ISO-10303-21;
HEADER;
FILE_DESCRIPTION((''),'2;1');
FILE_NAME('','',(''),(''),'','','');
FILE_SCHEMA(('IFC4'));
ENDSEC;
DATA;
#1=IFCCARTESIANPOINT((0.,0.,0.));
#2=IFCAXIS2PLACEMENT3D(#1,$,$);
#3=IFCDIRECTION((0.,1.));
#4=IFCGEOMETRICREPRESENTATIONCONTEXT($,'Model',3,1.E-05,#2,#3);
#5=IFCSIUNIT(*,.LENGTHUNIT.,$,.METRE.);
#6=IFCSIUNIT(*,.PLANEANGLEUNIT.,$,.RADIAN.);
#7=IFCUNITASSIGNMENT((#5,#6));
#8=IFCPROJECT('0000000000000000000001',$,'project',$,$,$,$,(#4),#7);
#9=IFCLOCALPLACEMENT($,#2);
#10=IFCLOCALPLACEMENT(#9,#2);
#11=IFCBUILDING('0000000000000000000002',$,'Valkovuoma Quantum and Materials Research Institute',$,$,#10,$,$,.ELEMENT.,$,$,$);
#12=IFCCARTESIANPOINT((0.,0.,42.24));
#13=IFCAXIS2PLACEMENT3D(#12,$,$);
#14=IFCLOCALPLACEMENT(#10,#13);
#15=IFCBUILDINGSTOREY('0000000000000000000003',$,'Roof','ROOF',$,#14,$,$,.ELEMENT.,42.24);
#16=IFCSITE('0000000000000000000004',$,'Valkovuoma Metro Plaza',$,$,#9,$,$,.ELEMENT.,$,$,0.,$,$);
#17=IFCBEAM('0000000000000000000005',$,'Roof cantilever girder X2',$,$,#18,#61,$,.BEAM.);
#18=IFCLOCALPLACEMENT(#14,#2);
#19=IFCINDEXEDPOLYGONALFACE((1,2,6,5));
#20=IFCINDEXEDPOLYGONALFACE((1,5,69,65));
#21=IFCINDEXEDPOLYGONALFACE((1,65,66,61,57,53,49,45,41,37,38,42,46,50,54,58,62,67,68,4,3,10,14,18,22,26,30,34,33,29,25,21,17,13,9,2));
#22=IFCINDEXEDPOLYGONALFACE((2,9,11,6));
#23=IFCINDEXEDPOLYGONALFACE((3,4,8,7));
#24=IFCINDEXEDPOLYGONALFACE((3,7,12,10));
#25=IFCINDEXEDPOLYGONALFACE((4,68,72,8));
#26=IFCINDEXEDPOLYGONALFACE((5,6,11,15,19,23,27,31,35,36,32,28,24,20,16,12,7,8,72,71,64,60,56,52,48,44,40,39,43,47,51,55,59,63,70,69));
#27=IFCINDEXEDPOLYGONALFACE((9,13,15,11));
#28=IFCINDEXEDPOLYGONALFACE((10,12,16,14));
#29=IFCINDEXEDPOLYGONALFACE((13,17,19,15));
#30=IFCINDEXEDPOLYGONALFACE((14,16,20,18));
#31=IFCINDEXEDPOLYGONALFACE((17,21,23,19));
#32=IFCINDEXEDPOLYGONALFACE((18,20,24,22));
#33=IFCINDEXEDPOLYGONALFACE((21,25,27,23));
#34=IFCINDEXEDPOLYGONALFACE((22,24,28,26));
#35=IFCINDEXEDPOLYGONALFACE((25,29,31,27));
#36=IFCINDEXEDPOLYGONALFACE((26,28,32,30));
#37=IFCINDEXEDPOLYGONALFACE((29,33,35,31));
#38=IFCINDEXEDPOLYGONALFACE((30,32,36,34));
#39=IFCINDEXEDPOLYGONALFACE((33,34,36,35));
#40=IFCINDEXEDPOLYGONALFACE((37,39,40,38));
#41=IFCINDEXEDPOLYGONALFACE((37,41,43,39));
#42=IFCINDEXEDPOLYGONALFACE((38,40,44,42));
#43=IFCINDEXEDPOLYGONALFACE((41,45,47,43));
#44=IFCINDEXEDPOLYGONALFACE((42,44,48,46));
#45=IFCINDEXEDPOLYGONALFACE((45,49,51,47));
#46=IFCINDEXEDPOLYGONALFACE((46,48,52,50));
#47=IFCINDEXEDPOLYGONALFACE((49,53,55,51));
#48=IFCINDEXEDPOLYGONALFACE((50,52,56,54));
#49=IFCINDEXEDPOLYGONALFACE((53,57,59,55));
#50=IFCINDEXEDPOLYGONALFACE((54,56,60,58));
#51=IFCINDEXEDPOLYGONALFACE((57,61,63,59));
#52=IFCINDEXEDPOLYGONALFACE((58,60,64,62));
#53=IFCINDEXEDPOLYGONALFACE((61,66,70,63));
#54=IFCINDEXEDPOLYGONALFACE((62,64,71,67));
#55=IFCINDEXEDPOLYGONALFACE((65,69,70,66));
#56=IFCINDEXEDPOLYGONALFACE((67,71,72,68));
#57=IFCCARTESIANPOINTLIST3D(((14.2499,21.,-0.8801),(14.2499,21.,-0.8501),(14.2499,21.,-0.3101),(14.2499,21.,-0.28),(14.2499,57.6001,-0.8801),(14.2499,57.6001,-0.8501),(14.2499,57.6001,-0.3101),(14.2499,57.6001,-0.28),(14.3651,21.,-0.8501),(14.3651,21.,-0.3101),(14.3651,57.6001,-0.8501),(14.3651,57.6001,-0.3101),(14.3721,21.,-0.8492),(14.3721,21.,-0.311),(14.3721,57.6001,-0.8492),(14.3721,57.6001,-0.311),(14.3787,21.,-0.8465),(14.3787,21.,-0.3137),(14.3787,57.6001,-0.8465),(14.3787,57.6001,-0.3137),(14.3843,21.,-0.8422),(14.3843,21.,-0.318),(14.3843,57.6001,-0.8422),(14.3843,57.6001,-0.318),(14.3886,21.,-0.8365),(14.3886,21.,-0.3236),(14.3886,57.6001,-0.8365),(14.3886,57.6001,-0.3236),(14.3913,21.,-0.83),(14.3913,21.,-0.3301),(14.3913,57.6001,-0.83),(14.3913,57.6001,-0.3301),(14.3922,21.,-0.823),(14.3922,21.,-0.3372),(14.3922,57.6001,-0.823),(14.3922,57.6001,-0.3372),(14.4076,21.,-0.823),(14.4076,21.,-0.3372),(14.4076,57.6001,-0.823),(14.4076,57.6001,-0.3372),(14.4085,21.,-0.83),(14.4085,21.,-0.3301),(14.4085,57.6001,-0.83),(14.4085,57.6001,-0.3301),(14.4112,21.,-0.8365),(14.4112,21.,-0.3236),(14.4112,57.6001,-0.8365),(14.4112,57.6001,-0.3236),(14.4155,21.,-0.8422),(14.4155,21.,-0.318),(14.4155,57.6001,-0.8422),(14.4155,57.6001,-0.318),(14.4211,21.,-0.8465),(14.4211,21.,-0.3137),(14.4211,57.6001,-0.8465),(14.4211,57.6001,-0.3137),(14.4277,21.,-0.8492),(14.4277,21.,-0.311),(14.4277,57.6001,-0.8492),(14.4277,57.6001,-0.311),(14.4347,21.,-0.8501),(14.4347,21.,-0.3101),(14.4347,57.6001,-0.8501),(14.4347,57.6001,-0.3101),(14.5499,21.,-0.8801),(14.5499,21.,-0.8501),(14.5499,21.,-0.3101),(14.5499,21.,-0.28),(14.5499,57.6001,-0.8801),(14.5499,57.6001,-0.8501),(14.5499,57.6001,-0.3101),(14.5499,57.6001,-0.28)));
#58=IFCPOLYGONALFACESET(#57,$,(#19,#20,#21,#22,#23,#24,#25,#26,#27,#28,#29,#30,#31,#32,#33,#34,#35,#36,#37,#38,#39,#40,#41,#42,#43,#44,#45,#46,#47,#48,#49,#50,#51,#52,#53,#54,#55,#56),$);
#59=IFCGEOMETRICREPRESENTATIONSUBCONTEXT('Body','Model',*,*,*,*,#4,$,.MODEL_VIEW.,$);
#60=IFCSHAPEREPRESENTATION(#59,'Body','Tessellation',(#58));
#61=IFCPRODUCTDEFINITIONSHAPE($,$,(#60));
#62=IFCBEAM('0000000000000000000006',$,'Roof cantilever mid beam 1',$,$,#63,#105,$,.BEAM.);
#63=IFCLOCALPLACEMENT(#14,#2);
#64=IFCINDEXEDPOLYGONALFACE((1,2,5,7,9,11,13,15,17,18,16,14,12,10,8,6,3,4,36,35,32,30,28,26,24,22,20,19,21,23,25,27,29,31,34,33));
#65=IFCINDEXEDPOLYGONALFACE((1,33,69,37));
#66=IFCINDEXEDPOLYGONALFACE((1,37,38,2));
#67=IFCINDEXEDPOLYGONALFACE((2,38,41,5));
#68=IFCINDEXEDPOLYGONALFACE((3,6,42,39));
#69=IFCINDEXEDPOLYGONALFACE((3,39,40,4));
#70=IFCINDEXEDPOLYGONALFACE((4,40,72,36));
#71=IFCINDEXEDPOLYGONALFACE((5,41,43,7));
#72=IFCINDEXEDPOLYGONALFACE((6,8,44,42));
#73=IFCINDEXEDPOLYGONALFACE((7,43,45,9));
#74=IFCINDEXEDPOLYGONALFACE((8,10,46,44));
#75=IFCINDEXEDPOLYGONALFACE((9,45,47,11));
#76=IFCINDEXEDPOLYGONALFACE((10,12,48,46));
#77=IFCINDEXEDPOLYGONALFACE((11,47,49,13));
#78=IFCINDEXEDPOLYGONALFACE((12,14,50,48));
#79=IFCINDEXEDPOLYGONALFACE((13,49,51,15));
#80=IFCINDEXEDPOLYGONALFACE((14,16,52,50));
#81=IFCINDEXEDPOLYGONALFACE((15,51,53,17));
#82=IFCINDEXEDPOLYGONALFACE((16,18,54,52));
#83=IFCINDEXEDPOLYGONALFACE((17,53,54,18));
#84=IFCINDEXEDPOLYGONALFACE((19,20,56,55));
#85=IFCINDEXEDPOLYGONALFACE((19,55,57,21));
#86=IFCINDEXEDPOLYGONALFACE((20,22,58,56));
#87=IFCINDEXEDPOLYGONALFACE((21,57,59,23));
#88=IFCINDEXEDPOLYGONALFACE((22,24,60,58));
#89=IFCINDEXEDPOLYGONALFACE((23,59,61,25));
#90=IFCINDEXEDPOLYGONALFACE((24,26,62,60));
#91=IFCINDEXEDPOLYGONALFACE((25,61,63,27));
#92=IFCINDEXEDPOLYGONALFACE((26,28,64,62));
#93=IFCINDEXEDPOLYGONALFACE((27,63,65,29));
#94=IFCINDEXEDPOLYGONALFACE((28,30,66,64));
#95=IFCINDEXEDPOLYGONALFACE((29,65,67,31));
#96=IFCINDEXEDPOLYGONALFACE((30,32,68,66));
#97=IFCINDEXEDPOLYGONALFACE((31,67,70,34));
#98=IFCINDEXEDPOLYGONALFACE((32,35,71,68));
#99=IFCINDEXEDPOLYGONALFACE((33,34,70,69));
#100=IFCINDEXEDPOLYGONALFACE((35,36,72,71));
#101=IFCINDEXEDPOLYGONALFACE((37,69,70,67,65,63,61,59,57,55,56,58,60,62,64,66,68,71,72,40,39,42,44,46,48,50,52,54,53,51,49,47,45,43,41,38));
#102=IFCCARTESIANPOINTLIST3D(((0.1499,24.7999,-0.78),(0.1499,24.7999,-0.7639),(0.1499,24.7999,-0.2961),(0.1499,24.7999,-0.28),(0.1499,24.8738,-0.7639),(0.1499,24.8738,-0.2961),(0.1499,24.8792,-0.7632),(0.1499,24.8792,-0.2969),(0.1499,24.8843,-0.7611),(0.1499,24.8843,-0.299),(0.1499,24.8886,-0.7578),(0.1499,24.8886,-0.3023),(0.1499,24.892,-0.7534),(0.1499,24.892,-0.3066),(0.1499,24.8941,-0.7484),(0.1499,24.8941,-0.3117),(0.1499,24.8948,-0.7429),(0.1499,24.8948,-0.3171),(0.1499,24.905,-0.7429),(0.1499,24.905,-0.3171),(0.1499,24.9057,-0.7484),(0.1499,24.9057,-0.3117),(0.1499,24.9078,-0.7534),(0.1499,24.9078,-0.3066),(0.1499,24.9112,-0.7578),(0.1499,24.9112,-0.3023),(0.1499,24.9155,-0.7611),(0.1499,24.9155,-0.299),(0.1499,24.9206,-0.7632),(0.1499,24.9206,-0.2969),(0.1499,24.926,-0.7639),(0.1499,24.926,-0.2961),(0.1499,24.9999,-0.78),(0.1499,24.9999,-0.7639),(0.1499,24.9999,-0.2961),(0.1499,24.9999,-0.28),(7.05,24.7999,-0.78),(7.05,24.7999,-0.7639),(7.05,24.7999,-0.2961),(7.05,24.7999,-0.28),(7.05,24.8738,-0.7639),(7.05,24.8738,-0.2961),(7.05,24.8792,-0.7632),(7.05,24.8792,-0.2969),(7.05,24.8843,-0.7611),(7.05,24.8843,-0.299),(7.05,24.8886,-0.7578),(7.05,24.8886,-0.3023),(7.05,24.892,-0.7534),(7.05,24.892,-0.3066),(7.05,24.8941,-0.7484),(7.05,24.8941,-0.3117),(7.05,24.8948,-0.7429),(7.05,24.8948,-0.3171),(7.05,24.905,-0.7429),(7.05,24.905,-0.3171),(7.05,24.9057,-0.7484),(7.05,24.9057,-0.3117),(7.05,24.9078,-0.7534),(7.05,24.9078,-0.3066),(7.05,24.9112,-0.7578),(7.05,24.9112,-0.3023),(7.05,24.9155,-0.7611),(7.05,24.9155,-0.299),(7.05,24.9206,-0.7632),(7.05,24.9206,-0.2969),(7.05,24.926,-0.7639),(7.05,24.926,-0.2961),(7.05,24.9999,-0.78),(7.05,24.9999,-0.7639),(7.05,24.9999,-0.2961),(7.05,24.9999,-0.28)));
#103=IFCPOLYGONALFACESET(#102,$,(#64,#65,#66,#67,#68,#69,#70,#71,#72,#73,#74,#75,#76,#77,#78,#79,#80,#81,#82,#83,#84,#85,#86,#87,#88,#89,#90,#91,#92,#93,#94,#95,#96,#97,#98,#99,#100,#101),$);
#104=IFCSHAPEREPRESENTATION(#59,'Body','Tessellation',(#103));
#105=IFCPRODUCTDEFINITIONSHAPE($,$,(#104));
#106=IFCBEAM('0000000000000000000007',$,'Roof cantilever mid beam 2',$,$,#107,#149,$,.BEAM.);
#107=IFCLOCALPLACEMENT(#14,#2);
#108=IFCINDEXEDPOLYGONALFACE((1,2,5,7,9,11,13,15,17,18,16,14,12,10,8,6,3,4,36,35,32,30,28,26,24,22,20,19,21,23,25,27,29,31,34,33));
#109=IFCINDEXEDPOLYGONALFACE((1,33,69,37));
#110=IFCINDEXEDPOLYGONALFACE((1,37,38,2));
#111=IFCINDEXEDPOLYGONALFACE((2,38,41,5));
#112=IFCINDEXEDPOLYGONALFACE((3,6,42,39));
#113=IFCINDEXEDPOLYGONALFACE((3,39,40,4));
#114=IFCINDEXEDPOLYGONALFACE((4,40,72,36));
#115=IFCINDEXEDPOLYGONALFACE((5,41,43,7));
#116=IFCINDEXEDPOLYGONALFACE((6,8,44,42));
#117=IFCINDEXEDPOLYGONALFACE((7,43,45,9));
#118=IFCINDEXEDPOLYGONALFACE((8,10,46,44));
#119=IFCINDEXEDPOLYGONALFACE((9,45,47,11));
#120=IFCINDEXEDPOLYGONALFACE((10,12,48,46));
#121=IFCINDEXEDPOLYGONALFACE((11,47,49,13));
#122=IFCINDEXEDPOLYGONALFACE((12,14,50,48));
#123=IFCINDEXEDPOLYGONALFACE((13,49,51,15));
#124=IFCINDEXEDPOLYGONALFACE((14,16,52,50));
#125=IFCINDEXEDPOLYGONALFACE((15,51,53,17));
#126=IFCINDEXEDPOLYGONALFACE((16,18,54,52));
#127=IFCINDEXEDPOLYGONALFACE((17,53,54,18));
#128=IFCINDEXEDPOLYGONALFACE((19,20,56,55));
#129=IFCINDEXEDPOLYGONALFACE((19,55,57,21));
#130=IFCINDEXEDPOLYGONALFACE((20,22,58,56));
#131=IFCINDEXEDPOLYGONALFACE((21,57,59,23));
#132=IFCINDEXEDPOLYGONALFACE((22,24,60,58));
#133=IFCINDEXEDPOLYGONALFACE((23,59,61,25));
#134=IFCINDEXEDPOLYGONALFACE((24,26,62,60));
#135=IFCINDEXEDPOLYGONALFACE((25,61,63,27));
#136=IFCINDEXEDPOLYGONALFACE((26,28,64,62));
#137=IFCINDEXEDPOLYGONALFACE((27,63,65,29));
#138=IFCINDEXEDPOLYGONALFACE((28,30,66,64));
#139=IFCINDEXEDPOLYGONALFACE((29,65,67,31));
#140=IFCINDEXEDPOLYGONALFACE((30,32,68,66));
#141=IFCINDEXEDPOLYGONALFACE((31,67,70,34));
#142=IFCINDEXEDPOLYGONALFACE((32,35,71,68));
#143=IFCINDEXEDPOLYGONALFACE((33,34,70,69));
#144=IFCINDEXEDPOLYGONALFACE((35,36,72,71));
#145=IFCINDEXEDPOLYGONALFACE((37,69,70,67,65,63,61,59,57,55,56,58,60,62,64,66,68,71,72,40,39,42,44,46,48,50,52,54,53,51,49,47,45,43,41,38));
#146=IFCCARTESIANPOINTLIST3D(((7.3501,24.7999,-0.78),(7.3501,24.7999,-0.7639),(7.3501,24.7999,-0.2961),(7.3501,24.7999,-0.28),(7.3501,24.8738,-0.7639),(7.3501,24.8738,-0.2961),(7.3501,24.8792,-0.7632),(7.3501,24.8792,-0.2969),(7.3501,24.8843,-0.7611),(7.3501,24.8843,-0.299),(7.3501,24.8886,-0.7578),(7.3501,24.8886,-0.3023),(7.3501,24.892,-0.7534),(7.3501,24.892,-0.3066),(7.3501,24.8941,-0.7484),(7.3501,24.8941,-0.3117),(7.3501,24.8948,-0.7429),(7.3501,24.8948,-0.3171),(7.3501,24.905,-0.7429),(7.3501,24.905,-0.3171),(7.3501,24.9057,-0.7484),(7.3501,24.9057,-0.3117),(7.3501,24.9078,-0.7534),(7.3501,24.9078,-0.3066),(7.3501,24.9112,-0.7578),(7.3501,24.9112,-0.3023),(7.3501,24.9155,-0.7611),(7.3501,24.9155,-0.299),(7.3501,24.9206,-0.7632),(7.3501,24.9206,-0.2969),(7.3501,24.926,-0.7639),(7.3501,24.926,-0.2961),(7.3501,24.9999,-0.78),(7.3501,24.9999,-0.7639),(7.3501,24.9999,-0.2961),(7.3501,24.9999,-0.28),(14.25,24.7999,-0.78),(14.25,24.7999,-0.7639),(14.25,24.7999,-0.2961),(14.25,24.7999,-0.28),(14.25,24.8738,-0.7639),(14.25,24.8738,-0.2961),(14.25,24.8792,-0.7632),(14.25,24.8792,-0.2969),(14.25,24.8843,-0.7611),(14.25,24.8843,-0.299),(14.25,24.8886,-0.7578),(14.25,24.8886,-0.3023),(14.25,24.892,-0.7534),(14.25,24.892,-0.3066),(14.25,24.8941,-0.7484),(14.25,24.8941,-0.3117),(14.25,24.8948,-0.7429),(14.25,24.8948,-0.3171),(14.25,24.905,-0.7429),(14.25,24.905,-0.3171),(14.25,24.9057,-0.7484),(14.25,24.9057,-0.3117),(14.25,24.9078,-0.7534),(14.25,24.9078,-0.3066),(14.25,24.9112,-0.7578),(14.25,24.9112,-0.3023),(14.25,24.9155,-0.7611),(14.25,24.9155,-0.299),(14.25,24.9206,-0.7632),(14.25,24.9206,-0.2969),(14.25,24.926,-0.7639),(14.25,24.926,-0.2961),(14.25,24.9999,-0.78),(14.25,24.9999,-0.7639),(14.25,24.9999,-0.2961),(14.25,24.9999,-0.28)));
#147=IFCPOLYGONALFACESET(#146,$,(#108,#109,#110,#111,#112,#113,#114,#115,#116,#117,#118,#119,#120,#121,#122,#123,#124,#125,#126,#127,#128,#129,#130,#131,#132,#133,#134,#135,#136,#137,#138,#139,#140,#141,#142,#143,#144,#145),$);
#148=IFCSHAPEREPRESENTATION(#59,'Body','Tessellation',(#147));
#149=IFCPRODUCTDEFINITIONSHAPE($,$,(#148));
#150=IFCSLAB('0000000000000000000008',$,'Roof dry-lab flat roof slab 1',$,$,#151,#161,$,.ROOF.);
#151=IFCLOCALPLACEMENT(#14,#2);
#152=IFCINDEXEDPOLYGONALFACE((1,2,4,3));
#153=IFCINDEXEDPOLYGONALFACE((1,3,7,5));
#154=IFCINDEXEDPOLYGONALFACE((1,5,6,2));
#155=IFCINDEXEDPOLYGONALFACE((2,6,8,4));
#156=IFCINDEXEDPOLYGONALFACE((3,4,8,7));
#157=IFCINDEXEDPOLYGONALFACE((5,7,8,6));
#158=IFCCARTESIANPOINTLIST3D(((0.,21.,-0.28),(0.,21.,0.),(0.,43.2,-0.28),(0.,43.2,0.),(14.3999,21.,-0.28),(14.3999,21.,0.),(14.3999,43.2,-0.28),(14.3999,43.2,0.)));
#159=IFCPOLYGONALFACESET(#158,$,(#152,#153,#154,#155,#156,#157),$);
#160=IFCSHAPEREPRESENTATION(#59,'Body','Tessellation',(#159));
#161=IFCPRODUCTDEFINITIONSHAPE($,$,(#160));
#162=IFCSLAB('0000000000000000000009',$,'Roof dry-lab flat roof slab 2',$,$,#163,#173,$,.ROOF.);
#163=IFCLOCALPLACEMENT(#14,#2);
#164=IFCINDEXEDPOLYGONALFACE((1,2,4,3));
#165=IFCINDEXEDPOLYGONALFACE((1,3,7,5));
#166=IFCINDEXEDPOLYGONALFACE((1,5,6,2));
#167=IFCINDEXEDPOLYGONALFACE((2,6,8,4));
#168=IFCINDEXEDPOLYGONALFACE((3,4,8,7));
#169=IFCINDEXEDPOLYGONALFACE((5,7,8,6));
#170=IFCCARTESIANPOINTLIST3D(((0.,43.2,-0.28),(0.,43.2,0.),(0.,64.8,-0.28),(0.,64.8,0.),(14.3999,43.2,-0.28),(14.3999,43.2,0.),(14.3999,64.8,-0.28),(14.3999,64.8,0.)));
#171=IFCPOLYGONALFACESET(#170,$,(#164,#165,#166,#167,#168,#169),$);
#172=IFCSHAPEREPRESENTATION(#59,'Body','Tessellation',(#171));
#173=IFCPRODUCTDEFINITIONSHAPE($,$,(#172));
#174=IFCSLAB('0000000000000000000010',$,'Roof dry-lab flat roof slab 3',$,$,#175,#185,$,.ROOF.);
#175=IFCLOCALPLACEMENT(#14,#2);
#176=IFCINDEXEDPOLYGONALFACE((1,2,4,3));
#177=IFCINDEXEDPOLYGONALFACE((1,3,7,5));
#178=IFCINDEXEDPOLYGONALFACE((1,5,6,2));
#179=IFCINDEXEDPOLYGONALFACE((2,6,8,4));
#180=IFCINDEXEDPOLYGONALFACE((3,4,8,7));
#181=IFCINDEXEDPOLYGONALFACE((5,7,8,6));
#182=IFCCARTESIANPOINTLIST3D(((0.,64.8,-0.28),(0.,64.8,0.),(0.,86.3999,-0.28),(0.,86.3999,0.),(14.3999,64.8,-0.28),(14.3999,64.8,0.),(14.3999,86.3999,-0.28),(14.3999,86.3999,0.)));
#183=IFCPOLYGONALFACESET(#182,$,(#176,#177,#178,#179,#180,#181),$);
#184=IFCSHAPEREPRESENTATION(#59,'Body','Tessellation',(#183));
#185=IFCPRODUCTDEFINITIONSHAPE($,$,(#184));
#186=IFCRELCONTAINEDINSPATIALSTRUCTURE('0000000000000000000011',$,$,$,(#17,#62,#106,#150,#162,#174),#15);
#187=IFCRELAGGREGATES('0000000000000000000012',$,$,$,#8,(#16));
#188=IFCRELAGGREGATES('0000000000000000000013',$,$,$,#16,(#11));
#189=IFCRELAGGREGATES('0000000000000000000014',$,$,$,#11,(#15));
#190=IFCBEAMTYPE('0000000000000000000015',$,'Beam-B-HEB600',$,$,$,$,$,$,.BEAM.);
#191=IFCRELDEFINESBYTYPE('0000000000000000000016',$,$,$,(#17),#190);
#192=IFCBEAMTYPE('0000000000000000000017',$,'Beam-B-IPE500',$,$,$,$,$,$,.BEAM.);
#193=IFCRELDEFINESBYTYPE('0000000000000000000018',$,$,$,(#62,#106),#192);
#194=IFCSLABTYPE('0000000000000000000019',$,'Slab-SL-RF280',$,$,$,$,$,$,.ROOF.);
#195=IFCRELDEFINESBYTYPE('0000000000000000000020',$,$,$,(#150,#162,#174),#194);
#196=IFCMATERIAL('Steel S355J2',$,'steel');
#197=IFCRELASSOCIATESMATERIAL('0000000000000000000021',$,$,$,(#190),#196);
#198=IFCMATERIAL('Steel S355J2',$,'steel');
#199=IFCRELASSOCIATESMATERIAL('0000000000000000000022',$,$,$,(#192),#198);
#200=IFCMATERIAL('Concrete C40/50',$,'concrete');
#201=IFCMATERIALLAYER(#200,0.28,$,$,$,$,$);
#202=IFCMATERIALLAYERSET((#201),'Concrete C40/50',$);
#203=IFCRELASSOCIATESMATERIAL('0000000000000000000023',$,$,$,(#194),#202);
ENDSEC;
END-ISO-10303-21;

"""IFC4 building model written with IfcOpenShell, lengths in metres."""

from ifc_helpers import new_model, si_unit, direction, frame, origin, origin_2d, place, context, subcontext, project, spatial, polyline, i_section, outline, extrude, material, layer, layer_set, material_profile, profile_set, type_object, element, save


model = new_model("IFC4")

# Units and contexts
model_context = context("Model", 3, precision=1e-05, world=origin(), true_north=direction((0.0, 1.0)))
body_context = subcontext(model_context, "Body", "Model", "MODEL_VIEW")
ifc_project = project(units=[si_unit("LENGTHUNIT", "METRE"), si_unit("PLANEANGLEUNIT", "RADIAN")], contexts=[model_context])

# Site, building, storey
site_placement = place(None, origin())
site = spatial("IfcSite", under=ifc_project, at=site_placement, Name="Valkovuoma Metro Plaza", CompositionType="ELEMENT", RefElevation=0.0)
building_placement = place(site_placement, origin())
building = spatial("IfcBuilding", under=site, at=building_placement, Name="Valkovuoma Quantum and Materials Research Institute", CompositionType="ELEMENT")
storey_placement = place(building_placement, frame((0.0, 0.0, 42.24)))
storey = spatial("IfcBuildingStorey", under=building, at=storey_placement, Name="Roof", Description="ROOF", CompositionType="ELEMENT", Elevation=42.24)

# Beams
ifc_material_1 = material(Name="Steel S355J2", Category="steel")
ifc_material_profile_1 = material_profile(ifc_material_1, i_section(OverallWidth=0.3, OverallDepth=0.6001, WebThickness=0.0154, FlangeThickness=0.03, FilletRadius=0.0271, at=origin_2d()), Name="Steel S355J2")
ifc_profile_set_1 = profile_set([ifc_material_profile_1], Name="Steel S355J2")
beam_type_1 = type_object("IfcBeamType", Name="Beam-B-HEB600", PredefinedType="BEAM", material=ifc_profile_set_1)
for number, where, z_axis, x_axis, name in (
    (1, (14.3999, 21.0, -0.5801), (0.0, 1.0, 0.0), (-1.0, 0.0, 0.0), "Roof cantilever girder X2"),
):
    element("IfcBeam", number, at=place(storey_placement, frame(where, z_axis=z_axis, x_axis=x_axis)), inside=storey, type_object=beam_type_1, Name=name, PredefinedType="BEAM", context=body_context, shape_type="SweptSolid", body=[
        extrude(i_section(OverallWidth=0.3, OverallDepth=0.6001, WebThickness=0.0154, FlangeThickness=0.03, FilletRadius=0.0271, at=origin_2d()), origin(), (0.0, 0.0, 1.0), 36.6001),
    ])
ifc_material_2 = material(Name="Steel S355J2", Category="steel")
ifc_material_profile_2 = material_profile(ifc_material_2, i_section(OverallWidth=0.2, OverallDepth=0.5, WebThickness=0.0103, FlangeThickness=0.0161, FilletRadius=0.021, at=origin_2d()), Name="Steel S355J2")
ifc_profile_set_2 = profile_set([ifc_material_profile_2], Name="Steel S355J2")
beam_type_2 = type_object("IfcBeamType", Name="Beam-B-IPE500", PredefinedType="BEAM", material=ifc_profile_set_2)
beam_1_placement = place(storey_placement, frame((0.1499, 24.8999, -0.53), z_axis=(1.0, 0.0, 0.0), x_axis=(0.0, 1.0, 0.0)))
element("IfcBeam", 2, at=beam_1_placement, inside=storey, type_object=beam_type_2, Name="Roof cantilever mid beam 1", PredefinedType="BEAM", context=body_context, shape_type="SweptSolid", body=[
    extrude(i_section(OverallWidth=0.2, OverallDepth=0.5, WebThickness=0.0103, FlangeThickness=0.0161, FilletRadius=0.021, at=origin_2d()), origin(), (0.0, 0.0, 1.0), 6.9001),
])
beam_2_placement = place(storey_placement, frame((7.3501, 24.8999, -0.53), z_axis=(1.0, 0.0, 0.0), x_axis=(0.0, 1.0, 0.0)))
element("IfcBeam", 3, at=beam_2_placement, inside=storey, type_object=beam_type_2, Name="Roof cantilever mid beam 2", PredefinedType="BEAM", context=body_context, shape_type="SweptSolid", body=[
    extrude(i_section(OverallWidth=0.2, OverallDepth=0.5, WebThickness=0.0103, FlangeThickness=0.0161, FilletRadius=0.021, at=origin_2d()), origin(), (0.0, 0.0, 1.0), 6.8999),
])

# Slabs
ifc_material_3 = material(Name="Concrete C40/50", Category="concrete")
ifc_layer_1 = layer(ifc_material_3, 0.28)
ifc_layer_set_1 = layer_set([ifc_layer_1], Name="Concrete C40/50")
slab_type = type_object("IfcSlabType", Name="Slab-SL-RF280", PredefinedType="ROOF", material=ifc_layer_set_1)
slab_1_placement = place(storey_placement, frame((0.0, 0.0, -0.28)))
element("IfcSlab", 4, at=slab_1_placement, inside=storey, type_object=slab_type, Name="Roof dry-lab flat roof slab 1", PredefinedType="ROOF", context=body_context, shape_type="SweptSolid", body=[
    extrude(outline(polyline([(0.0, 21.0), (14.3999, 21.0), (14.3999, 43.2), (0.0, 43.2), (0.0, 21.0)])), origin(), (0.0, 0.0, 1.0), 0.28),
])
slab_2_placement = place(storey_placement, frame((0.0, 0.0, -0.28)))
element("IfcSlab", 5, at=slab_2_placement, inside=storey, type_object=slab_type, Name="Roof dry-lab flat roof slab 2", PredefinedType="ROOF", context=body_context, shape_type="SweptSolid", body=[
    extrude(outline(polyline([(0.0, 43.2), (14.3999, 43.2), (14.3999, 64.8), (0.0, 64.8), (0.0, 43.2)])), origin(), (0.0, 0.0, 1.0), 0.28),
])
slab_3_placement = place(storey_placement, frame((0.0, 0.0, -0.28)))
element("IfcSlab", 6, at=slab_3_placement, inside=storey, type_object=slab_type, Name="Roof dry-lab flat roof slab 3", PredefinedType="ROOF", context=body_context, shape_type="SweptSolid", body=[
    extrude(outline(polyline([(0.0, 64.8), (14.3999, 64.8), (14.3999, 86.3999), (0.0, 86.3999), (0.0, 64.8)])), origin(), (0.0, 0.0, 1.0), 0.28),
])

save(model, "model.ifc")
